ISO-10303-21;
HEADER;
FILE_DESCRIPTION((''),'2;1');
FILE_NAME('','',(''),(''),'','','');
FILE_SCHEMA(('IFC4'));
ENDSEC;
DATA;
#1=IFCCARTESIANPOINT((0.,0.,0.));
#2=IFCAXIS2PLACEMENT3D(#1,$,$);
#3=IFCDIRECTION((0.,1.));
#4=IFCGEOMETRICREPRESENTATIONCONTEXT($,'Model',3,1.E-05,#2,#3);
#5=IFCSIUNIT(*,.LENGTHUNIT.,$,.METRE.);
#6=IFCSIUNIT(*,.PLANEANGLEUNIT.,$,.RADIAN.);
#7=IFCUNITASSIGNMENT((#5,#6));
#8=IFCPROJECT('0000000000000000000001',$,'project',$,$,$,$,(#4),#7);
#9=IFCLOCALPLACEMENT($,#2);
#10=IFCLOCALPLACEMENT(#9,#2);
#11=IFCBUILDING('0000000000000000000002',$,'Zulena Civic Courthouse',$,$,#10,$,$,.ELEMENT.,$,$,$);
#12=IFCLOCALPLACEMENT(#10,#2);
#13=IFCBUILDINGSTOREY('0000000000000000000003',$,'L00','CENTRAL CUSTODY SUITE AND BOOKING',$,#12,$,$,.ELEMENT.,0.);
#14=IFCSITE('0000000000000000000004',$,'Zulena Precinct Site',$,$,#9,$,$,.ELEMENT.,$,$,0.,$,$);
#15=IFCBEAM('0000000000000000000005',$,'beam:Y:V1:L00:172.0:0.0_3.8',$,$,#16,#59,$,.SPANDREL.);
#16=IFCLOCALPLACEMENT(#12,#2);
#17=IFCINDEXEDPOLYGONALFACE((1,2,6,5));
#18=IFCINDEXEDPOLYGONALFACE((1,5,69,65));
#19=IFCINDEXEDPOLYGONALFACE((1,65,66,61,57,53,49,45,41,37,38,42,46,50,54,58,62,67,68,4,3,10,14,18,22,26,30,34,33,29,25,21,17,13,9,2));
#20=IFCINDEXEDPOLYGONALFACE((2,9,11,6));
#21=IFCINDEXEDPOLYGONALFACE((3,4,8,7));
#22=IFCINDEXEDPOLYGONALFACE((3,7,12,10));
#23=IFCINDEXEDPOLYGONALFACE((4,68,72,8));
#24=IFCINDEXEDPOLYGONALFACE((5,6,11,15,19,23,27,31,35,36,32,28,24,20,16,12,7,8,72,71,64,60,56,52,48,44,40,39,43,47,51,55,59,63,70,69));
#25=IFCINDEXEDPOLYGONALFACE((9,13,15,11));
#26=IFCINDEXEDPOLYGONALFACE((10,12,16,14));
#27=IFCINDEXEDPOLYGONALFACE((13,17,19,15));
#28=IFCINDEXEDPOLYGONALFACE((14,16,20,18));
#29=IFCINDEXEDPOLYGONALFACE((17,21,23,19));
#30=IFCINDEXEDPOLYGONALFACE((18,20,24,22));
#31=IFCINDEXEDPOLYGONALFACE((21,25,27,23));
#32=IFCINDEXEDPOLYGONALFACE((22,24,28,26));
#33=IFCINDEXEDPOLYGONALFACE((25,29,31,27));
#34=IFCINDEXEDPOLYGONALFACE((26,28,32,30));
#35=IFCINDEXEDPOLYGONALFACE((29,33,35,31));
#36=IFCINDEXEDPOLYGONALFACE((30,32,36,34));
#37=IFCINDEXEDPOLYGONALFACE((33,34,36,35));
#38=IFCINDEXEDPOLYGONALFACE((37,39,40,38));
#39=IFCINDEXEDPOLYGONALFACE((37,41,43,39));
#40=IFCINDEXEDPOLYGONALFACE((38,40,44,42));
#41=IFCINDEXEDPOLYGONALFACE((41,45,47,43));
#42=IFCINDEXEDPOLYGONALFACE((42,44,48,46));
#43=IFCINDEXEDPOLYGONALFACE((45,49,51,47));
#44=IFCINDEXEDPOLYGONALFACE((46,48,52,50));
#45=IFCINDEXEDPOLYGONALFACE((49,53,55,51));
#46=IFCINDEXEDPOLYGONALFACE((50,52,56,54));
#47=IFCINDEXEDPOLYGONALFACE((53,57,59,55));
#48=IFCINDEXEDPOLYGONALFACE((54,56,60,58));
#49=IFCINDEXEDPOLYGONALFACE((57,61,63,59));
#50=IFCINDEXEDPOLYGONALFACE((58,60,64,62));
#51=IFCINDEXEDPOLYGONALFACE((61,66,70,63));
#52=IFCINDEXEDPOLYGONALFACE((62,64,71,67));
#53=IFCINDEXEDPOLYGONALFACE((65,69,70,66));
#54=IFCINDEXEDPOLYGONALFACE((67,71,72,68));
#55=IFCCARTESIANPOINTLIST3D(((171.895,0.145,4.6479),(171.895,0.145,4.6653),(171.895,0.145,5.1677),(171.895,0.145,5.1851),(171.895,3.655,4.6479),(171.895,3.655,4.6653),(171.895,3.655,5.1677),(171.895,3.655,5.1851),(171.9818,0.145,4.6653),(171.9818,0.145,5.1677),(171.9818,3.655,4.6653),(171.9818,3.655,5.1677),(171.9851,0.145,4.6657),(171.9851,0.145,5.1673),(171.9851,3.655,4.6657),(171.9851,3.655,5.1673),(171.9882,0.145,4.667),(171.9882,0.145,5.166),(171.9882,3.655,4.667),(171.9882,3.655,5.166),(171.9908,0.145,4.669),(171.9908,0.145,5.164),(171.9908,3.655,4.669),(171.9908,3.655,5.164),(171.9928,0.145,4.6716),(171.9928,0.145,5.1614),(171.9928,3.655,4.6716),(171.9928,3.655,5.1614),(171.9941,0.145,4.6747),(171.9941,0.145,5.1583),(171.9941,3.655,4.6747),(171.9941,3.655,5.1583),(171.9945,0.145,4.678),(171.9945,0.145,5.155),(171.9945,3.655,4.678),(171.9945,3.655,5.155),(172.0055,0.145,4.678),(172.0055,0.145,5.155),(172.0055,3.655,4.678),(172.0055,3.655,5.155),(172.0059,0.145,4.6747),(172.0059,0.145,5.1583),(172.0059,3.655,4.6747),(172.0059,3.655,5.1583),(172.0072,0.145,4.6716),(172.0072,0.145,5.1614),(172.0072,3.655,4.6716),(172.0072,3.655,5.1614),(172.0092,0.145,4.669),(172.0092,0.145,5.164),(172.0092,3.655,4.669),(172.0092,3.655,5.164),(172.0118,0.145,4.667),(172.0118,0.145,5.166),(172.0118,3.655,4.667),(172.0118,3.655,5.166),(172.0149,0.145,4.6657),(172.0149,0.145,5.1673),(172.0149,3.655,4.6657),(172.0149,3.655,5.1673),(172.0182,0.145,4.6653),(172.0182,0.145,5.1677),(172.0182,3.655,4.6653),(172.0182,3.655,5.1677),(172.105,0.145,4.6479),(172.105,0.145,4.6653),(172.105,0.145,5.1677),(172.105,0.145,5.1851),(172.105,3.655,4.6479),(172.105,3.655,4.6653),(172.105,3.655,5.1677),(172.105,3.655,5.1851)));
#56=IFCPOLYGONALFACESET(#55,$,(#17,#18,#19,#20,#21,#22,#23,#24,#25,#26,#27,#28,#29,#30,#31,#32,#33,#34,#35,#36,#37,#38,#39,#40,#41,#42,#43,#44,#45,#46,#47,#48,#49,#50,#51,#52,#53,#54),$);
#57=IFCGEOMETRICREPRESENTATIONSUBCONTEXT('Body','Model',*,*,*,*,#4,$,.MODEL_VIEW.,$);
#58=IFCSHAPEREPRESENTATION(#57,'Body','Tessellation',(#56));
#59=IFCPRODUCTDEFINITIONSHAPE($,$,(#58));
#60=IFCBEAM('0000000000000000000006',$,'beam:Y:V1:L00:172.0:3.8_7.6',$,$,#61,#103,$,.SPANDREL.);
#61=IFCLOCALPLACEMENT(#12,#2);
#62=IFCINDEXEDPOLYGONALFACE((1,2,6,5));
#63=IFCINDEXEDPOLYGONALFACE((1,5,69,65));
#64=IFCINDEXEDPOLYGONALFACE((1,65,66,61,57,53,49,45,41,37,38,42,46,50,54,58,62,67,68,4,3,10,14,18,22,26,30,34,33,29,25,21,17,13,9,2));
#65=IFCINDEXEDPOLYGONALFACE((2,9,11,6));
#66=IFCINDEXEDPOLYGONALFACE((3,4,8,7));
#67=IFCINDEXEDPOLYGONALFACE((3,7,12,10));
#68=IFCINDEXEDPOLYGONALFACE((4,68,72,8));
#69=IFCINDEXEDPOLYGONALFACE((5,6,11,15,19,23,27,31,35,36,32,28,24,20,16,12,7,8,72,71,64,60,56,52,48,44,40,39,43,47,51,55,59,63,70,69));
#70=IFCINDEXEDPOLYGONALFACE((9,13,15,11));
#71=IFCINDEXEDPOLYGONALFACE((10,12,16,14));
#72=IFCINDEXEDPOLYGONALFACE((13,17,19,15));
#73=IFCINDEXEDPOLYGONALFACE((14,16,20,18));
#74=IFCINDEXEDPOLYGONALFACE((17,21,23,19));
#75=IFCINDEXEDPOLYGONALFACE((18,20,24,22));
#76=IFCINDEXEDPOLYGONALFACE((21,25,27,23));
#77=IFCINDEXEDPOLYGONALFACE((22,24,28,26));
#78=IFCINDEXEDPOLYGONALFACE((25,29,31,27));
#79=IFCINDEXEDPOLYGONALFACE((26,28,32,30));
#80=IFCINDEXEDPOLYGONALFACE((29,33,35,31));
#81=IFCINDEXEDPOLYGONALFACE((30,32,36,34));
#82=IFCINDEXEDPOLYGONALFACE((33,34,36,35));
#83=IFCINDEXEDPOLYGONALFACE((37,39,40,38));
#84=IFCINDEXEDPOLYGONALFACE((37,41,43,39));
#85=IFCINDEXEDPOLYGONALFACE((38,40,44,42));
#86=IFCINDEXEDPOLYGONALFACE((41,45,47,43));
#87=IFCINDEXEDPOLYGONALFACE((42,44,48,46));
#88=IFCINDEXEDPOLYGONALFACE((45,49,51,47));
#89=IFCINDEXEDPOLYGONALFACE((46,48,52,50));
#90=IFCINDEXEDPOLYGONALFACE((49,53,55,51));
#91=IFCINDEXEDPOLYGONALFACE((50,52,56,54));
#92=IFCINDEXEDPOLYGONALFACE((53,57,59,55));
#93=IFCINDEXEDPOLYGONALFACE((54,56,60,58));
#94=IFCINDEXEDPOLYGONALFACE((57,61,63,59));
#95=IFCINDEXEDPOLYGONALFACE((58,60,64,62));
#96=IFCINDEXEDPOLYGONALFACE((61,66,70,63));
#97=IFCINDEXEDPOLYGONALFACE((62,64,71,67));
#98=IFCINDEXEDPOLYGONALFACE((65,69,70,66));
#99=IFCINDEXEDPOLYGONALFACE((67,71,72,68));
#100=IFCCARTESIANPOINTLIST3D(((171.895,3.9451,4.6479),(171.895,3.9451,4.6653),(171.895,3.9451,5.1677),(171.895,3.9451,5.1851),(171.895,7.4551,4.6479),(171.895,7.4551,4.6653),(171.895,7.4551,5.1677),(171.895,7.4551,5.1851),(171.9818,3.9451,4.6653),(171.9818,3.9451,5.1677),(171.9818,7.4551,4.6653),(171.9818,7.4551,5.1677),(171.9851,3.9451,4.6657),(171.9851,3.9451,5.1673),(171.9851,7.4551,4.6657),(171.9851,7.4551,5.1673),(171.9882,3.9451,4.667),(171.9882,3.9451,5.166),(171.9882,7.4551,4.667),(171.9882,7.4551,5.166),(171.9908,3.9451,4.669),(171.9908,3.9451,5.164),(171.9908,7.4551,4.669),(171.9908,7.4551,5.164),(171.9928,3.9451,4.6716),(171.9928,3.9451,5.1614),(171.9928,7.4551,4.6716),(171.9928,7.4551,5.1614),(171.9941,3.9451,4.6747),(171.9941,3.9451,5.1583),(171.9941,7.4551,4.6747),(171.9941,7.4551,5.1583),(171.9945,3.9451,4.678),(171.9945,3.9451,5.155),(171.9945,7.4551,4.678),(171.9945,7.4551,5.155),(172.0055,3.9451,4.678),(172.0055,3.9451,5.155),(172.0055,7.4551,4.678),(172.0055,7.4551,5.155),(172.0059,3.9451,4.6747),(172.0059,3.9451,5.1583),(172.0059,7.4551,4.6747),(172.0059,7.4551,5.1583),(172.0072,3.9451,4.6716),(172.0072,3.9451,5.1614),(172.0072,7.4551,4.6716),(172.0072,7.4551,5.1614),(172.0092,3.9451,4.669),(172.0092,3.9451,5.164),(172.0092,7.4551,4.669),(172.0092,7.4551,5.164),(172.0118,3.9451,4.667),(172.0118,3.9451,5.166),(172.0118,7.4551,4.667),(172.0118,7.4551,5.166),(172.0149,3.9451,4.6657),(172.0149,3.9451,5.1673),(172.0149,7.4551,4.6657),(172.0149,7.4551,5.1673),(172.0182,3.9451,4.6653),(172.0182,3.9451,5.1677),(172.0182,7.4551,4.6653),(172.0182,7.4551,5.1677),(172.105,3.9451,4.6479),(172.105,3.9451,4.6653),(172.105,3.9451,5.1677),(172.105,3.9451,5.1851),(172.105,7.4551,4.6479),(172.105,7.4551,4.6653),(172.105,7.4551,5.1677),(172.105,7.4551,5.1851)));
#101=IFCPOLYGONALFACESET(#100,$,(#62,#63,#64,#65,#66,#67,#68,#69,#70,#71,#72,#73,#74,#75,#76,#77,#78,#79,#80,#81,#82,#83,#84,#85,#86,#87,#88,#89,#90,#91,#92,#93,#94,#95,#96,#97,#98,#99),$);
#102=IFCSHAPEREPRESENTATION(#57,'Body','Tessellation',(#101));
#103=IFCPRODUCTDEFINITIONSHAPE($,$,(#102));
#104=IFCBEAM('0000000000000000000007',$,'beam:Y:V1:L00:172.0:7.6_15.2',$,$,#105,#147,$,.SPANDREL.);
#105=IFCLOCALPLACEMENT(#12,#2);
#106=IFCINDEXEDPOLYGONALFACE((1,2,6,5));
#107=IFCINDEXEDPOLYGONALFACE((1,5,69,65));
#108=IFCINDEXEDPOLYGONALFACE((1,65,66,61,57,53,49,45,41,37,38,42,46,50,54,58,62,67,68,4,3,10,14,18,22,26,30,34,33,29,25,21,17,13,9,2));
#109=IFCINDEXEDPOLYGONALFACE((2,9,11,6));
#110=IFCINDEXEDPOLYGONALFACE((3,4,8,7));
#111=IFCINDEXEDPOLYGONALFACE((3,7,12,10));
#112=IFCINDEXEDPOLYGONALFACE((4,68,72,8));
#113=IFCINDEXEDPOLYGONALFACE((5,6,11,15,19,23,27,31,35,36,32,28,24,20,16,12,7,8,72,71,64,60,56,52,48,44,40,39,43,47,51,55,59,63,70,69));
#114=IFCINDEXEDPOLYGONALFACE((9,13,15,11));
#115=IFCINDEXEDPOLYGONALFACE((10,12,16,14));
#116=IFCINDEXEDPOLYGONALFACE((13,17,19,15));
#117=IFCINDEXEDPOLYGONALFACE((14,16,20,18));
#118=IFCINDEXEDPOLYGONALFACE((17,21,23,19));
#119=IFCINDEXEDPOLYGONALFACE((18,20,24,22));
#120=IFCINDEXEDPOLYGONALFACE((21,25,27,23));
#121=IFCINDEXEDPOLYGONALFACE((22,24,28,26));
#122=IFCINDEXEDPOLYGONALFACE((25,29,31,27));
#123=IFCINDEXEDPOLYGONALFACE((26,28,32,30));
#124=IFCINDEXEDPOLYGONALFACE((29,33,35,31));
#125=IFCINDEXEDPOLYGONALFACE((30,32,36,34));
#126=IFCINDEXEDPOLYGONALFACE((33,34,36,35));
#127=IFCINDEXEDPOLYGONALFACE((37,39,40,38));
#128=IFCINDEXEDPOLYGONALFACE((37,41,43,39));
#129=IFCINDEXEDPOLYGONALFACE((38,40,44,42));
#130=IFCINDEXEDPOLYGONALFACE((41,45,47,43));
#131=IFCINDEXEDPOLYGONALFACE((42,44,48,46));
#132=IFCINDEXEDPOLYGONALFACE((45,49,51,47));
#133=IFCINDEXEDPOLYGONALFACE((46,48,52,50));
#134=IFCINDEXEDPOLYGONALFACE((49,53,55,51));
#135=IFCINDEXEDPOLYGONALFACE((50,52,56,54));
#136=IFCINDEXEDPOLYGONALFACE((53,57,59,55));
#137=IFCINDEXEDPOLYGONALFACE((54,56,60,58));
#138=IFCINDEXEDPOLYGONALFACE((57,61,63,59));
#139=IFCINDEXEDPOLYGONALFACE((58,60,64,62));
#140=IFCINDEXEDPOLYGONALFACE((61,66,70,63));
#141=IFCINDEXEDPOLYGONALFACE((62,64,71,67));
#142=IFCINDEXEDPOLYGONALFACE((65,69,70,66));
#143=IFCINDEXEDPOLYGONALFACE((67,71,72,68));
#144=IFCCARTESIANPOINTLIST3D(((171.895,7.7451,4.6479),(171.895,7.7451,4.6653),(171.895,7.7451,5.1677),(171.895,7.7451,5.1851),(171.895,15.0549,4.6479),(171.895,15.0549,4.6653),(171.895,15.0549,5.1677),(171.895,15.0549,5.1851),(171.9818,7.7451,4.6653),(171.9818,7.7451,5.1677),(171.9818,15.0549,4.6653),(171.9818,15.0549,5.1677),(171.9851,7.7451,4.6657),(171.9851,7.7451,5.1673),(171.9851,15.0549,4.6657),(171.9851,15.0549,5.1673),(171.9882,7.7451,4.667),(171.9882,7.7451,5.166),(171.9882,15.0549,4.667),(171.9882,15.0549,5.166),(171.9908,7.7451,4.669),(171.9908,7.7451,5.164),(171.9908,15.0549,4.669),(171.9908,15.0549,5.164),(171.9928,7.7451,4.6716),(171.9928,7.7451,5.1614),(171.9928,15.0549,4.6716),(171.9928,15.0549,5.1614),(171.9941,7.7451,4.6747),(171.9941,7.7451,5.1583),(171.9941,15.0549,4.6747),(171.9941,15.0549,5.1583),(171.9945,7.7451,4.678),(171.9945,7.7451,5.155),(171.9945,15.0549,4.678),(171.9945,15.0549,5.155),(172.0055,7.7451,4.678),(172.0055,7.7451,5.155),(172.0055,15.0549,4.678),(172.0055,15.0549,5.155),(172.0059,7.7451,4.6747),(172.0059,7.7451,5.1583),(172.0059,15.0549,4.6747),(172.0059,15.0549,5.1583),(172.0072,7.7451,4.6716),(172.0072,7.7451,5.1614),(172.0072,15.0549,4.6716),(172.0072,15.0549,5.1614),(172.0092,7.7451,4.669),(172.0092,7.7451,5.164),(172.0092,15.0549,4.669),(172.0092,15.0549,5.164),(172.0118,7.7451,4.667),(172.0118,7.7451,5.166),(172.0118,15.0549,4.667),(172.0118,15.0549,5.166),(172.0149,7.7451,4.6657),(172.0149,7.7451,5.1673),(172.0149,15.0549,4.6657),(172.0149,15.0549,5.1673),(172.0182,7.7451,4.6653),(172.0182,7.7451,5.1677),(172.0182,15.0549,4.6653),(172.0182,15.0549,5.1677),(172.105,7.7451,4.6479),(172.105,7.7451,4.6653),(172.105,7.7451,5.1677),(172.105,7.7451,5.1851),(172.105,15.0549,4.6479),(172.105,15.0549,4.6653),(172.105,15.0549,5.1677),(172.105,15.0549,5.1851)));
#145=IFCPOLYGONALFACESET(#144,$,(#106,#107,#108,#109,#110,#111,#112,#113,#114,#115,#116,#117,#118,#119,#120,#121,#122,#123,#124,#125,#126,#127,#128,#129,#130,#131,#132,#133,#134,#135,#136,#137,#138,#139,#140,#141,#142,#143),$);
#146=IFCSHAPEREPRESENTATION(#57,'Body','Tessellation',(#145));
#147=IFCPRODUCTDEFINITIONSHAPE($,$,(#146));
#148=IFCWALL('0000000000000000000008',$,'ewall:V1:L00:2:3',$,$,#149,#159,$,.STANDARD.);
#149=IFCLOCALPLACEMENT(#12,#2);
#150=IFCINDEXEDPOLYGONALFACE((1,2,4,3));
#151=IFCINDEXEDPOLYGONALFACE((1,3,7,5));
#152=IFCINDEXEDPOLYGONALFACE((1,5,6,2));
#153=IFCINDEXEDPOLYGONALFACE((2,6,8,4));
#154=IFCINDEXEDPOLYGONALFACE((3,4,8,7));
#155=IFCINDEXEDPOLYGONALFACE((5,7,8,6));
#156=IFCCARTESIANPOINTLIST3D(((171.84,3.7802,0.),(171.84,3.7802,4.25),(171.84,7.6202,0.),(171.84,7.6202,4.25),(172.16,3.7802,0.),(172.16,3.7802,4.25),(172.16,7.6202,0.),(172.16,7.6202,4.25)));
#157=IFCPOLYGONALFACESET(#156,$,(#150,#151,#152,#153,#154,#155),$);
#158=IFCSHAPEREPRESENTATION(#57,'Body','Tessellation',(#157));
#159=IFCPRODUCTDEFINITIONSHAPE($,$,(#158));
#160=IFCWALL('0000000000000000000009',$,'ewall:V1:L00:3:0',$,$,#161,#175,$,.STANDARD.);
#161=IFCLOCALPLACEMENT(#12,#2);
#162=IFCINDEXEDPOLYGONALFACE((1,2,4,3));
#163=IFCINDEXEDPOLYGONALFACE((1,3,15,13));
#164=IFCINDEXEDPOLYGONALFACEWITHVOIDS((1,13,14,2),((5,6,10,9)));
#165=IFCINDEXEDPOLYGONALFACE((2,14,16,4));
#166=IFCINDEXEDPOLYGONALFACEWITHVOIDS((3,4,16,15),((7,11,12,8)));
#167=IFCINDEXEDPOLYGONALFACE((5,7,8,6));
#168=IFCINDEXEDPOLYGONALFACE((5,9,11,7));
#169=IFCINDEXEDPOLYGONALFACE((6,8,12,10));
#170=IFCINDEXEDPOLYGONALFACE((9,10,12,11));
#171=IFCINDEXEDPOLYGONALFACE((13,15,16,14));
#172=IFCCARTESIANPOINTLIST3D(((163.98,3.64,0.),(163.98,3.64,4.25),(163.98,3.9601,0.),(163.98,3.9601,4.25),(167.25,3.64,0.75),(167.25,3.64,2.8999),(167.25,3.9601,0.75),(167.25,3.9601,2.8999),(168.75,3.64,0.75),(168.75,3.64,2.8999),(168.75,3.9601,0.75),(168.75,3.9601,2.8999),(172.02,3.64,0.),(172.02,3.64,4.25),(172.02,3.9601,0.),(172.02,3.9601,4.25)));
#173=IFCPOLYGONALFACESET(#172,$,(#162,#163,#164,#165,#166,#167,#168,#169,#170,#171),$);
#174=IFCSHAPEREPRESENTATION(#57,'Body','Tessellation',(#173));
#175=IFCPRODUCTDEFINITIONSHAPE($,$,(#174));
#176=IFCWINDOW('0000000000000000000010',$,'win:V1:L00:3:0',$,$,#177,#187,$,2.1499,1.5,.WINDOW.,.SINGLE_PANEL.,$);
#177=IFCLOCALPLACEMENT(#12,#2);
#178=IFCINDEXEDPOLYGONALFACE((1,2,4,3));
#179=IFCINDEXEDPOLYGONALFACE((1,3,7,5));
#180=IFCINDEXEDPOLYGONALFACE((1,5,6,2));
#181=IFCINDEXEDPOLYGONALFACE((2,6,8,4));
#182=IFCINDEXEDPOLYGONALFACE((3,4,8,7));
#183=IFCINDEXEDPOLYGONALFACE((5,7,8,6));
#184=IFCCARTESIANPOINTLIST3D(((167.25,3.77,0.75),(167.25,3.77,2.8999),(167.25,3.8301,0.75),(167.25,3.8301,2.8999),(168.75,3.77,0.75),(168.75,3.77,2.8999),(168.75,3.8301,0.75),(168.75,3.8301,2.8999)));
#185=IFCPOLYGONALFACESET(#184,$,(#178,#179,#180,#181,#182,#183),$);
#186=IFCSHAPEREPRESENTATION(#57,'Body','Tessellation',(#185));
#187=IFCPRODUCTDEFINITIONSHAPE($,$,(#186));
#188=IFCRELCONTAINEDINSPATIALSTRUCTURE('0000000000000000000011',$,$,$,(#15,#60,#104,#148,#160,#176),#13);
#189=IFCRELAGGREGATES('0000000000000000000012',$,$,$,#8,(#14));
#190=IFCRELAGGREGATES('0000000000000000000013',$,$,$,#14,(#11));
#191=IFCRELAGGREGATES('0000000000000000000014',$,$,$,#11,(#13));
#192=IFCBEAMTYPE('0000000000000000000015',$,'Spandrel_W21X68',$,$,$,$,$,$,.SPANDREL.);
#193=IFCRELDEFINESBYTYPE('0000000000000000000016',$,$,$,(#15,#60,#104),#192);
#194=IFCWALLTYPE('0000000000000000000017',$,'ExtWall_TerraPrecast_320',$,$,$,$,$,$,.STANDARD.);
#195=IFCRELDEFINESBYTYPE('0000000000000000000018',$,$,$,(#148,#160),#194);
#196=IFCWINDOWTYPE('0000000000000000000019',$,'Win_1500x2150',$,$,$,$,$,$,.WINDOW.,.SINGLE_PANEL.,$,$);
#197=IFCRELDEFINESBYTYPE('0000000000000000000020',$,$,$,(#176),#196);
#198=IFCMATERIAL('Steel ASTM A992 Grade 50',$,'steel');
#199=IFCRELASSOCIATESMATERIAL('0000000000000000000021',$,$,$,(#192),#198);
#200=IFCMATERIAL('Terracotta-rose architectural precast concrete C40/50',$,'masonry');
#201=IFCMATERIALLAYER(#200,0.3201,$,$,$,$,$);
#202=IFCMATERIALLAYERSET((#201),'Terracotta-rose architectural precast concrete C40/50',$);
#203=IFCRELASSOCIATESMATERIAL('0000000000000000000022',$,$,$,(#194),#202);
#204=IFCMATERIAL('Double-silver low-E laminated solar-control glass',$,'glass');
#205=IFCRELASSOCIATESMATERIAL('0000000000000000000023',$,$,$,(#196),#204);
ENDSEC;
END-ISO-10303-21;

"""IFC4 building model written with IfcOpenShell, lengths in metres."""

from ifc_helpers import new_model, si_unit, direction, frame, frame_2d, origin, origin_2d, place, context, subcontext, project, spatial, rectangle, i_section, extrude, material, layer, layer_set, material_profile, profile_set, type_object, element, fill, save


model = new_model("IFC4")

# Units and contexts
model_context = context("Model", 3, precision=1e-05, world=origin(), true_north=direction((0.0, 1.0)))
body_context = subcontext(model_context, "Body", "Model", "MODEL_VIEW")
ifc_project = project(units=[si_unit("LENGTHUNIT", "METRE"), si_unit("PLANEANGLEUNIT", "RADIAN")], contexts=[model_context])

# Site, building, storey
site_placement = place(None, origin())
site = spatial("IfcSite", under=ifc_project, at=site_placement, Name="Zulena Precinct Site", CompositionType="ELEMENT", RefElevation=0.0)
building_placement = place(site_placement, origin())
building = spatial("IfcBuilding", under=site, at=building_placement, Name="Zulena Civic Courthouse", CompositionType="ELEMENT")
storey_placement = place(building_placement, origin())
storey = spatial("IfcBuildingStorey", under=building, at=storey_placement, Name="L00", Description="CENTRAL CUSTODY SUITE AND BOOKING", CompositionType="ELEMENT", Elevation=0.0)

# Shared definitions
ifc_material_1 = material(Name="Steel ASTM A992 Grade 50", Category="steel")

# Beams
ifc_material_profile_1 = material_profile(ifc_material_1, i_section(OverallWidth=0.21, OverallDepth=0.5371, WebThickness=0.011, FlangeThickness=0.0173, FilletRadius=0.0127, at=origin_2d()), Name="W21X68")
ifc_profile_set_1 = profile_set([ifc_material_profile_1], Name="Steel ASTM A992 Grade 50")
beam_type_1 = type_object("IfcBeamType", Name="Spandrel_W21X68", PredefinedType="SPANDREL", material=ifc_profile_set_1)
for number, where, z_axis, x_axis, name in (
    (1, (172.0, 0.145, 4.9165), (0.0, 1.0, 0.0), (-1.0, 0.0, 0.0), "beam:Y:V1:L00:172.0:0.0_3.8"),
    (2, (172.0, 3.9451, 4.9165), (0.0, 1.0, 0.0), (-1.0, 0.0, 0.0), "beam:Y:V1:L00:172.0:3.8_7.6"),
):
    element("IfcBeam", number, at=place(storey_placement, frame(where, z_axis=z_axis, x_axis=x_axis)), inside=storey, type_object=beam_type_1, Name=name, PredefinedType="SPANDREL", context=body_context, shape_type="SweptSolid", body=[
        extrude(i_section(OverallWidth=0.21, OverallDepth=0.5371, WebThickness=0.011, FlangeThickness=0.0173, FilletRadius=0.0127, at=origin_2d()), origin(), (0.0, 0.0, 1.0), 3.51),
    ])
beam_1_placement = place(storey_placement, frame((172.0, 7.7451, 4.9165), z_axis=(0.0, 1.0, 0.0), x_axis=(-1.0, 0.0, 0.0)))
element("IfcBeam", 3, at=beam_1_placement, inside=storey, type_object=beam_type_1, Name="beam:Y:V1:L00:172.0:7.6_15.2", PredefinedType="SPANDREL", context=body_context, shape_type="SweptSolid", body=[
    extrude(i_section(OverallWidth=0.21, OverallDepth=0.5371, WebThickness=0.011, FlangeThickness=0.0173, FilletRadius=0.0127, at=origin_2d()), origin(), (0.0, 0.0, 1.0), 7.3098),
])

# Wall
ifc_material_2 = material(Name="Terracotta-rose architectural precast concrete C40/50", Category="masonry")
ifc_layer_1 = layer(ifc_material_2, 0.3201)
ifc_layer_set_1 = layer_set([ifc_layer_1], Name="Terracotta-rose architectural precast concrete C40/50")
wall_type = type_object("IfcWallType", Name="ExtWall_TerraPrecast_320", PredefinedType="STANDARD", material=ifc_layer_set_1)
wall_1_placement = place(storey_placement, frame((172.0, 7.6201, 0.0), z_axis=(0.0, 0.0, 1.0), x_axis=(0.0, -1.0, 0.0)))
element("IfcWall", 4, at=wall_1_placement, inside=storey, type_object=wall_type, Name="ewall:V1:L00:2:3", PredefinedType="STANDARD", context=body_context, shape_type="SweptSolid", body=[
    extrude(rectangle(XDim=3.8401, YDim=0.3201, at=frame_2d((1.9199, 0.0))), origin(), (0.0, 0.0, 1.0), 4.25),
])

# Wall, opening, window
wall_2_placement = place(storey_placement, frame((172.02, 3.8, 0.0), z_axis=(0.0, 0.0, 1.0), x_axis=(-1.0, 0.0, 0.0)))
wall_2 = element("IfcWall", 5, at=wall_2_placement, inside=storey, type_object=wall_type, Name="ewall:V1:L00:3:0", PredefinedType="STANDARD", context=body_context, shape_type="SweptSolid", body=[
    extrude(rectangle(XDim=8.04, YDim=0.3201, at=frame_2d((4.02, 0.0))), origin(), (0.0, 0.0, 1.0), 4.25),
])
opening_placement = place(wall_2_placement, frame((3.27, 0.0, 0.75)))
opening = element("IfcOpeningElement", 6, at=opening_placement, cuts=wall_2, PredefinedType="OPENING", context=body_context, shape_type="SweptSolid", body=[
    extrude(rectangle(XDim=1.5, YDim=2.1499, at=frame_2d((0.75, 1.075))), frame((0.0, 0.1699, 0.0), z_axis=(0.0, -1.0, 0.0), x_axis=(1.0, 0.0, 0.0)), (0.0, 0.0, 1.0), 0.3401),
])
ifc_material_3 = material(Name="Double-silver low-E laminated solar-control glass", Category="glass")
window_type = type_object("IfcWindowType", Name="Win_1500x2150", PartitioningType="SINGLE_PANEL", PredefinedType="WINDOW", material=ifc_material_3)
window_placement = place(opening_placement, origin())
window = element("IfcWindow", 7, at=window_placement, inside=storey, type_object=window_type, Name="win:V1:L00:3:0", OverallHeight=2.1499, OverallWidth=1.5, PartitioningType="SINGLE_PANEL", PredefinedType="WINDOW", context=body_context, shape_type="SweptSolid", body=[
    extrude(rectangle(XDim=1.5, YDim=2.1499, at=frame_2d((0.75, 1.075))), frame((0.0, 0.03, 0.0), z_axis=(0.0, -1.0, 0.0), x_axis=(1.0, 0.0, 0.0)), (0.0, 0.0, 1.0), 0.0601),
])
fill(opening, window)

save(model, "model.ifc")
